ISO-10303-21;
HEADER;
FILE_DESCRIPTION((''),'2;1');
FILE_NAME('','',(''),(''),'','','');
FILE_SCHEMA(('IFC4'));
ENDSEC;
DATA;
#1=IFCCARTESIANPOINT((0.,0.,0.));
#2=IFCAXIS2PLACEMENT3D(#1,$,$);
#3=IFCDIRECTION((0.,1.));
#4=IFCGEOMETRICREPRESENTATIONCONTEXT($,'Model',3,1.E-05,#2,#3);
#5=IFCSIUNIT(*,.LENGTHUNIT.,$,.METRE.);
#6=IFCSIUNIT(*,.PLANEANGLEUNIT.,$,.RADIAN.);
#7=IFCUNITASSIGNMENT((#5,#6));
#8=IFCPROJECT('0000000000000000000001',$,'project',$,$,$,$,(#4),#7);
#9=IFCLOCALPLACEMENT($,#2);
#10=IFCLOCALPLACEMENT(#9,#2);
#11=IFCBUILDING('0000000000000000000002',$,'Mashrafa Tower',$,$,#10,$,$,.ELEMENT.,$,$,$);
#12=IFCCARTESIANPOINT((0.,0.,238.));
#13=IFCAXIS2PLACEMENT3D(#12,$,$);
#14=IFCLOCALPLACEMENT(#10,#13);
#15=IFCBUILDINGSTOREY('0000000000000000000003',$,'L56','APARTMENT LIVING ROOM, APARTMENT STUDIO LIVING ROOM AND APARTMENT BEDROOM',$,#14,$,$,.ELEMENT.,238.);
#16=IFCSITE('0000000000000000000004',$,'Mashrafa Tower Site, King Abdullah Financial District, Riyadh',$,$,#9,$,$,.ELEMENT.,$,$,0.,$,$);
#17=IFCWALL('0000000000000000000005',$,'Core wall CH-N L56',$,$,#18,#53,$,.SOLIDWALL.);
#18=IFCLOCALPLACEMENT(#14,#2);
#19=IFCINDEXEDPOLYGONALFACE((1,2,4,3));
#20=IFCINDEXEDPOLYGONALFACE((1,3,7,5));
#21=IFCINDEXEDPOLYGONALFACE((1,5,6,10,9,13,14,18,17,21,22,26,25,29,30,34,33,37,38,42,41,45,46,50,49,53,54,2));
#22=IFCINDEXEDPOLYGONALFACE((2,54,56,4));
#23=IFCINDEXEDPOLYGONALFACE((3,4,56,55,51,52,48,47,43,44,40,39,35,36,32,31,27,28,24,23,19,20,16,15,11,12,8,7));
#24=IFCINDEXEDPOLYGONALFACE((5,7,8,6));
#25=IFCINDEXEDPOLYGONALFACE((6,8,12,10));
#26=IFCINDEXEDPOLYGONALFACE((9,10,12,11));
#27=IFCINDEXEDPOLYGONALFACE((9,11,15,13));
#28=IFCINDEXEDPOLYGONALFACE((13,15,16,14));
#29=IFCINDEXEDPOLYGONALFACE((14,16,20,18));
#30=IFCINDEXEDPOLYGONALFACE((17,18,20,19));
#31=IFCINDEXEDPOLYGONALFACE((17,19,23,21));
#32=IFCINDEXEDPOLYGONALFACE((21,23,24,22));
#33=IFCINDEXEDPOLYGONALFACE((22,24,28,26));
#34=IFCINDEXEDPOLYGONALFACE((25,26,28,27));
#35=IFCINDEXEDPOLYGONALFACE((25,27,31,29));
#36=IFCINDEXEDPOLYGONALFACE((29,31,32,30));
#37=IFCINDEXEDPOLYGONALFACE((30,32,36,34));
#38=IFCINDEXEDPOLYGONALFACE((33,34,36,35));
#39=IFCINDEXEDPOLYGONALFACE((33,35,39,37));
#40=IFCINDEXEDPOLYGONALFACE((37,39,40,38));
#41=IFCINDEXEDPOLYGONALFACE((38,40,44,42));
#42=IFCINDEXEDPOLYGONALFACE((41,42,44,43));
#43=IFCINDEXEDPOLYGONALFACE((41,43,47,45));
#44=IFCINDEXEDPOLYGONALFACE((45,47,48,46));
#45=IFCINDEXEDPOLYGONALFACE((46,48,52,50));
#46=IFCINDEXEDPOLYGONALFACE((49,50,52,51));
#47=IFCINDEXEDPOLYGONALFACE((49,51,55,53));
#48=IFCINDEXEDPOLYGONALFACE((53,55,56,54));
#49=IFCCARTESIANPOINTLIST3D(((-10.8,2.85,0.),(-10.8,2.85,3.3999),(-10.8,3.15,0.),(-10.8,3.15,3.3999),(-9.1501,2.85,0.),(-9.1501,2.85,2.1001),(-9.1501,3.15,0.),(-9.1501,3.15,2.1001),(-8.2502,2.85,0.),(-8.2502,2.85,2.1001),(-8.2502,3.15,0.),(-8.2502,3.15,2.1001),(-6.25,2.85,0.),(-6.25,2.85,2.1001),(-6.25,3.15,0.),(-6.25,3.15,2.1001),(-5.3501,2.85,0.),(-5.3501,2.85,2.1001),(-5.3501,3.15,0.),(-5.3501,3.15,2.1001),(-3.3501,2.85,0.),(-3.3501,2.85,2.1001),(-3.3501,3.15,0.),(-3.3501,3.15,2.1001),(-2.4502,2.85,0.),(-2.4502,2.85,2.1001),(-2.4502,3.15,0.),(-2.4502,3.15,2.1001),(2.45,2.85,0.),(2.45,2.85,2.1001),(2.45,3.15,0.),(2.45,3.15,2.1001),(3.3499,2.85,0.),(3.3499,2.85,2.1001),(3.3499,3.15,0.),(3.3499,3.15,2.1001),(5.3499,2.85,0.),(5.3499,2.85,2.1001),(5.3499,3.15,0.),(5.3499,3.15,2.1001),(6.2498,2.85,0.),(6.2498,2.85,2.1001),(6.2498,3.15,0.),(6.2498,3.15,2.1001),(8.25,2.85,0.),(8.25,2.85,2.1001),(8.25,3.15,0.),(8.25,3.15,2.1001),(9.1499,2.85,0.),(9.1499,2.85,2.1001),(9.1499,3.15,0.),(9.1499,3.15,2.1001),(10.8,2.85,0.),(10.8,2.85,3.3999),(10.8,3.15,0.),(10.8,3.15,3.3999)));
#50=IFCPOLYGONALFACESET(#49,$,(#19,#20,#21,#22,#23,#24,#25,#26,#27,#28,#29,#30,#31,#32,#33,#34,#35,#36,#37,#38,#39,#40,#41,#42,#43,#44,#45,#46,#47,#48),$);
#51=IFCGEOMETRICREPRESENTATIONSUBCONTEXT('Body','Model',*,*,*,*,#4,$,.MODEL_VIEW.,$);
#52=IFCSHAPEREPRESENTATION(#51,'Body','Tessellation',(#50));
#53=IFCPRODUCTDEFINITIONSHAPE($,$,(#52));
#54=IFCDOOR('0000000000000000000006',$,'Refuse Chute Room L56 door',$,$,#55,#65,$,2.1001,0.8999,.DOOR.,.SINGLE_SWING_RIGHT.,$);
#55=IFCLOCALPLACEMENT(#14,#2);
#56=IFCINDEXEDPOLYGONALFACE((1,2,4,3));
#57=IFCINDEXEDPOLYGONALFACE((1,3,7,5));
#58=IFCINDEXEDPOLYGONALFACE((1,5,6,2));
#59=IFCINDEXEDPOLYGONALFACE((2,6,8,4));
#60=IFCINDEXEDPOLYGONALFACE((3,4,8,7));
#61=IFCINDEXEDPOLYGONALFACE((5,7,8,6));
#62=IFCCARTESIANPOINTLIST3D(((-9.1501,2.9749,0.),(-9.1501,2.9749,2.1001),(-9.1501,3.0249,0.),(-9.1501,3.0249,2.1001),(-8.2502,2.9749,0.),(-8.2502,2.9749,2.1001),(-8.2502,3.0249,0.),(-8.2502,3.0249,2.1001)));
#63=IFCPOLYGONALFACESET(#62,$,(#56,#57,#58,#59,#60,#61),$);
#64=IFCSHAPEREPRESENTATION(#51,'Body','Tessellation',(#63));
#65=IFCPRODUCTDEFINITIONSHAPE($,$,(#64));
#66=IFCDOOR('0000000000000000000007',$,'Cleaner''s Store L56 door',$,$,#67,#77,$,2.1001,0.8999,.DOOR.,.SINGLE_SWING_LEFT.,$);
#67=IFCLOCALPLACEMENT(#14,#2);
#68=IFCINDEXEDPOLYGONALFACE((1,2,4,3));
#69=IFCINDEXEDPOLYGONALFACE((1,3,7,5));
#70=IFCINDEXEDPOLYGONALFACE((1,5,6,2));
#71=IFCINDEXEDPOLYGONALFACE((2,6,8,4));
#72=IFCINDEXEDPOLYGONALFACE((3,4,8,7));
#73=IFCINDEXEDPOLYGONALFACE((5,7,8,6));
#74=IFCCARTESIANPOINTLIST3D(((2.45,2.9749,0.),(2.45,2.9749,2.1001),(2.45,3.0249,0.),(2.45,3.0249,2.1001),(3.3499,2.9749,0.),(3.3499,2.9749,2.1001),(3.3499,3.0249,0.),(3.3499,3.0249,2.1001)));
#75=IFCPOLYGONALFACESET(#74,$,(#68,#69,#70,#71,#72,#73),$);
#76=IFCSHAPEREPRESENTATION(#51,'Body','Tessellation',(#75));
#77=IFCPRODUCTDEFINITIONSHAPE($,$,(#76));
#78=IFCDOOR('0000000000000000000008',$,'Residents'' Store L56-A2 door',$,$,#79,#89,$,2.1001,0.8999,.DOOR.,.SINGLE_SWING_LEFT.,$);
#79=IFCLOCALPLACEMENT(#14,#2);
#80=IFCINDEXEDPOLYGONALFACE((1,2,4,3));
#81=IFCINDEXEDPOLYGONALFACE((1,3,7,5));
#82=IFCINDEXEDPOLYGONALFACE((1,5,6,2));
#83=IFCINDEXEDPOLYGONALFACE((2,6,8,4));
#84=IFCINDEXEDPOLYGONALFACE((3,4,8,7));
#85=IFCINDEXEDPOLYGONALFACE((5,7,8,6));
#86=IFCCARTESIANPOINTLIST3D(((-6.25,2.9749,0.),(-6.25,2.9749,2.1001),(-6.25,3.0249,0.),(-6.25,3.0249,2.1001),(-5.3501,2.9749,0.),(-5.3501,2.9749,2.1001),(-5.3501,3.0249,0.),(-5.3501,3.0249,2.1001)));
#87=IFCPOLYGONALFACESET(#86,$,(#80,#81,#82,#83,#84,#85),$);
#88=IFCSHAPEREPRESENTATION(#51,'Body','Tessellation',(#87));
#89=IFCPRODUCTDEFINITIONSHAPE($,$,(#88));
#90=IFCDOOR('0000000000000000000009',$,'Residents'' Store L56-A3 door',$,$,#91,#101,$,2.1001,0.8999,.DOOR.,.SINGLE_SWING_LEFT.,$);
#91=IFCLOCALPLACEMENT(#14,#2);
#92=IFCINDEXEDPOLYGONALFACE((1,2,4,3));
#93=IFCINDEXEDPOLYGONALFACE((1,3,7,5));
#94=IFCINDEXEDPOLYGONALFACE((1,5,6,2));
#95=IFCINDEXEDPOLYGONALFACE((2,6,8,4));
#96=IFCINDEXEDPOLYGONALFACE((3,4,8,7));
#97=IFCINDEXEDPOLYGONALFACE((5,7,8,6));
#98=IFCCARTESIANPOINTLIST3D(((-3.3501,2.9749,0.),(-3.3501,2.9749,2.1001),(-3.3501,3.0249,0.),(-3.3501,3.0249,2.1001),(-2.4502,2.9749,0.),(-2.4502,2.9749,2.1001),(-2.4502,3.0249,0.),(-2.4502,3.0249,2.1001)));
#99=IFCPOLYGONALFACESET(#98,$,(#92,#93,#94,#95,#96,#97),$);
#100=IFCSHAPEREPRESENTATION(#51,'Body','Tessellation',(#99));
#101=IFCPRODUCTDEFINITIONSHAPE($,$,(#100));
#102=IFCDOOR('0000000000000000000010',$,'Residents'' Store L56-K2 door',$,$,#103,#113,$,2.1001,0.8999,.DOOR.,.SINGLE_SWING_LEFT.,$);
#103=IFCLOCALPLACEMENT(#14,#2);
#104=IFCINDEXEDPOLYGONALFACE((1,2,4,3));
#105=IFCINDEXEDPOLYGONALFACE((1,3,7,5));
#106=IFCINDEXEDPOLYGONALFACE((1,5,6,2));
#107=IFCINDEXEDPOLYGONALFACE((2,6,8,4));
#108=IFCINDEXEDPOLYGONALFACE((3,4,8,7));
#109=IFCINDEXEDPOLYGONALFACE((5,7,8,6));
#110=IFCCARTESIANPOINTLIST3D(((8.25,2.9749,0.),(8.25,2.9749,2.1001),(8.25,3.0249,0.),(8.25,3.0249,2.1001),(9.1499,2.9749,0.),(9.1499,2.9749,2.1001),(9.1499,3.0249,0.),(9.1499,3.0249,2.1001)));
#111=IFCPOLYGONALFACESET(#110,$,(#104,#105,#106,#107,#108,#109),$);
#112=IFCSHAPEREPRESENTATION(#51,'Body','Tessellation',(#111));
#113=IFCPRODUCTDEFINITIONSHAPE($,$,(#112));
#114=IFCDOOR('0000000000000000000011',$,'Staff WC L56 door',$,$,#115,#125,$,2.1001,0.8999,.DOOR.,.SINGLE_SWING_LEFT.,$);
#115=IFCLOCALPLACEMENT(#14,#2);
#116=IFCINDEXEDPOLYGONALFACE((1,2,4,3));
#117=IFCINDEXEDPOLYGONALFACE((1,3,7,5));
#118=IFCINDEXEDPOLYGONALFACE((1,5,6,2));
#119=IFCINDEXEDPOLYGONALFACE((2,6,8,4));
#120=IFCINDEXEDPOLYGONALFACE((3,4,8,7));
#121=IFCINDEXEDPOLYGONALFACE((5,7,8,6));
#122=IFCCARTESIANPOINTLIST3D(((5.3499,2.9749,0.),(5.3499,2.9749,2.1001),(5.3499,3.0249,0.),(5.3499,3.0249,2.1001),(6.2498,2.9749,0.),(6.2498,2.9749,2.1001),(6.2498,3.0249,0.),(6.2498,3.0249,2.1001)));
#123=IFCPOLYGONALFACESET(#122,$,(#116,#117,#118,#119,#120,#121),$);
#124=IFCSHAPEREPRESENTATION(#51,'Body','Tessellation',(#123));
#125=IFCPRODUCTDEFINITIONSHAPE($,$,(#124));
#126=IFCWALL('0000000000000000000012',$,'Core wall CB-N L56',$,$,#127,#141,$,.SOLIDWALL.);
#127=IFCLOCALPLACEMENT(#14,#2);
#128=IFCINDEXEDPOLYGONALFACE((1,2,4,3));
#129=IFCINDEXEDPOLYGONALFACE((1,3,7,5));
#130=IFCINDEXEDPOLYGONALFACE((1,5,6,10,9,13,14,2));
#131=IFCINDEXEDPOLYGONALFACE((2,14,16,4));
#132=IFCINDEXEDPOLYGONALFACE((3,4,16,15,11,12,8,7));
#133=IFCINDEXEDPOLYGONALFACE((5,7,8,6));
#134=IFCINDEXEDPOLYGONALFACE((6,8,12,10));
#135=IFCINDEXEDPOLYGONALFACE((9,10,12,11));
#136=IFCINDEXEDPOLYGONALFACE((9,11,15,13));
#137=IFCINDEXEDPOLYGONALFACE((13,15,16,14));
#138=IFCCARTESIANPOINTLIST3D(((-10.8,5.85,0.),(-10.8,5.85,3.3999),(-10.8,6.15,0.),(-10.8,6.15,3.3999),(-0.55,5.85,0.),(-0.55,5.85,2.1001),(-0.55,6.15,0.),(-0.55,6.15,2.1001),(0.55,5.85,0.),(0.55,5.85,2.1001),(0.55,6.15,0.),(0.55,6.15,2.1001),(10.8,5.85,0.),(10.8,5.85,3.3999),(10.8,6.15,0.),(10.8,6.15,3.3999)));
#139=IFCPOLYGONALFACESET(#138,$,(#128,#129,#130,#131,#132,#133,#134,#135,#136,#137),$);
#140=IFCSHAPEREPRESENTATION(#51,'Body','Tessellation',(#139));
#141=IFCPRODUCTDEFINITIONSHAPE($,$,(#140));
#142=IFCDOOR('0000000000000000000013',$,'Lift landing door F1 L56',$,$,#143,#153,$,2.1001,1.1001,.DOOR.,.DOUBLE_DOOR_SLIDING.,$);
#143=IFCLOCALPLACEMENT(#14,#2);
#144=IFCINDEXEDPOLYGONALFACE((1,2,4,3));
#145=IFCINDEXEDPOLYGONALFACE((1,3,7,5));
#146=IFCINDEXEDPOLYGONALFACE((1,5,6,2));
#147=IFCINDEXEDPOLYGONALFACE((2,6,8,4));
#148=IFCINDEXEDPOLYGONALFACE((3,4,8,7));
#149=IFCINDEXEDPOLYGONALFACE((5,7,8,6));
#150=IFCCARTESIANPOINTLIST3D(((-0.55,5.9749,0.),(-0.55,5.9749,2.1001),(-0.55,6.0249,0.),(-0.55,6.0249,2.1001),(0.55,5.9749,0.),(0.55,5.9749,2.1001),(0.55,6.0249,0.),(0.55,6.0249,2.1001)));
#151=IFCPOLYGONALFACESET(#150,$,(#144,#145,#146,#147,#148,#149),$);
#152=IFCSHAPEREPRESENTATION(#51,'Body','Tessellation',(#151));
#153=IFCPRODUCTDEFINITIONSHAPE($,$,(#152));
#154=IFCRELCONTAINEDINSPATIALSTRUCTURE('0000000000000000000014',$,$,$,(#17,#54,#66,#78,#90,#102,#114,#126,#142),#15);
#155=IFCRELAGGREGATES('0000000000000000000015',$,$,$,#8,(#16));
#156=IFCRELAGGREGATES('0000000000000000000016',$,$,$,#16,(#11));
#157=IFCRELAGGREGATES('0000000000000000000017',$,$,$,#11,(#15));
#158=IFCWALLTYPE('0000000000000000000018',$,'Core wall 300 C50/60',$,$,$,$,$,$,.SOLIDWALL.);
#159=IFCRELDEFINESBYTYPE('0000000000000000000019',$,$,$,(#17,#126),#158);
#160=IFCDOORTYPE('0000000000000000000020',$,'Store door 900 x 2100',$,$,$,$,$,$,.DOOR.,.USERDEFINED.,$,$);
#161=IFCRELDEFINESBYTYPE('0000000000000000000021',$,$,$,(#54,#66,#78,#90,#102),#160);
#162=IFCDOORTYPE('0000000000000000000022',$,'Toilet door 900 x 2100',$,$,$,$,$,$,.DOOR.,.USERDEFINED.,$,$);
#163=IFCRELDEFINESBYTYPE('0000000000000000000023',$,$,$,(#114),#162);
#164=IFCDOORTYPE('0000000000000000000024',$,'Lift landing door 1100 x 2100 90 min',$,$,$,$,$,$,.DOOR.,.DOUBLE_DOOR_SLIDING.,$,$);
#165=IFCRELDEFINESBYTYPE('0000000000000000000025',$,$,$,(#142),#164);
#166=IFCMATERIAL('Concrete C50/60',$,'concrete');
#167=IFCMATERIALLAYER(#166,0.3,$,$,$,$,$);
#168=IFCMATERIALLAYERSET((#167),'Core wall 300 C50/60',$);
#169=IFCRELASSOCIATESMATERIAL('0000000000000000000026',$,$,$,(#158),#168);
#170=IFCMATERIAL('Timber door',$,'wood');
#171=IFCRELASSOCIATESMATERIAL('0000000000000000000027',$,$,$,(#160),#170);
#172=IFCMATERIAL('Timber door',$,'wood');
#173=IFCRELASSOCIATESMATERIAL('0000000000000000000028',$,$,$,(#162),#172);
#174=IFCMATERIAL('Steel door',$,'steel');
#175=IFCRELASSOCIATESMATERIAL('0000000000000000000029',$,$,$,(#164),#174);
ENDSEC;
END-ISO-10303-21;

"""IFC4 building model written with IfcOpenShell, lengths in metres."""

from ifc_helpers import new_model, si_unit, direction, frame, frame_2d, origin, place, context, subcontext, project, spatial, rectangle, extrude, material, layer, layer_set, type_object, element, fill, save


model = new_model("IFC4")

# Units and contexts
model_context = context("Model", 3, precision=1e-05, world=origin(), true_north=direction((0.0, 1.0)))
body_context = subcontext(model_context, "Body", "Model", "MODEL_VIEW")
ifc_project = project(units=[si_unit("LENGTHUNIT", "METRE"), si_unit("PLANEANGLEUNIT", "RADIAN")], contexts=[model_context])

# Site, building, storey
site_placement = place(None, origin())
site = spatial("IfcSite", under=ifc_project, at=site_placement, Name="Mashrafa Tower Site, King Abdullah Financial District, Riyadh", CompositionType="ELEMENT", RefElevation=0.0)
building_placement = place(site_placement, origin())
building = spatial("IfcBuilding", under=site, at=building_placement, Name="Mashrafa Tower", CompositionType="ELEMENT")
storey_placement = place(building_placement, frame((0.0, 0.0, 238.0)))
storey = spatial("IfcBuildingStorey", under=building, at=storey_placement, Name="L56", Description="APARTMENT LIVING ROOM, APARTMENT STUDIO LIVING ROOM AND APARTMENT BEDROOM", CompositionType="ELEMENT", Elevation=238.0)

# Wall, openings, doors
ifc_material_1 = material(Name="Concrete C50/60", Category="concrete")
ifc_layer_1 = layer(ifc_material_1, 0.3)
ifc_layer_set_1 = layer_set([ifc_layer_1], Name="Core wall 300 C50/60")
wall_type_1 = type_object("IfcWallType", Name="Core wall 300 C50/60", PredefinedType="SOLIDWALL", material=ifc_layer_set_1)
wall_1_placement = place(storey_placement, frame((-10.8, 3.0, 0.0), z_axis=(0.0, 0.0, 1.0), x_axis=(1.0, 0.0, 0.0)))
wall_1 = element("IfcWall", 1, at=wall_1_placement, inside=storey, type_object=wall_type_1, Name="Core wall CH-N L56", PredefinedType="SOLIDWALL", context=body_context, shape_type="SweptSolid", body=[
    extrude(rectangle(XDim=21.6001, YDim=0.3, at=frame_2d((10.8, 0.0))), origin(), (0.0, 0.0, 1.0), 3.3999),
])
opening_1_placement = place(wall_1_placement, frame((1.6499, 0.0, 0.0)))
opening_1 = element("IfcOpeningElement", 2, at=opening_1_placement, cuts=wall_1, PredefinedType="OPENING", context=body_context, shape_type="SweptSolid", body=[
    extrude(rectangle(XDim=0.8999, YDim=2.1001, at=frame_2d((0.45, 1.05))), frame((0.0, 0.1599, 0.0), z_axis=(0.0, -1.0, 0.0), x_axis=(1.0, 0.0, 0.0)), (0.0, 0.0, 1.0), 0.3201),
])
opening_2_placement = place(wall_1_placement, frame((13.25, 0.0, 0.0)))
opening_2 = element("IfcOpeningElement", 3, at=opening_2_placement, cuts=wall_1, PredefinedType="OPENING", context=body_context, shape_type="SweptSolid", body=[
    extrude(rectangle(XDim=0.8999, YDim=2.1001, at=frame_2d((0.45, 1.05))), frame((0.0, 0.1599, 0.0), z_axis=(0.0, -1.0, 0.0), x_axis=(1.0, 0.0, 0.0)), (0.0, 0.0, 1.0), 0.3201),
])
opening_3_placement = place(wall_1_placement, frame((16.1499, 0.0, 0.0)))
opening_3 = element("IfcOpeningElement", 4, at=opening_3_placement, cuts=wall_1, PredefinedType="OPENING", context=body_context, shape_type="SweptSolid", body=[
    extrude(rectangle(XDim=0.8999, YDim=2.1001, at=frame_2d((0.45, 1.05))), frame((0.0, 0.1599, 0.0), z_axis=(0.0, -1.0, 0.0), x_axis=(1.0, 0.0, 0.0)), (0.0, 0.0, 1.0), 0.3201),
])
opening_4_placement = place(wall_1_placement, frame((4.55, 0.0, 0.0)))
opening_4 = element("IfcOpeningElement", 5, at=opening_4_placement, cuts=wall_1, PredefinedType="OPENING", context=body_context, shape_type="SweptSolid", body=[
    extrude(rectangle(XDim=0.8999, YDim=2.1001, at=frame_2d((0.45, 1.05))), frame((0.0, 0.1599, 0.0), z_axis=(0.0, -1.0, 0.0), x_axis=(1.0, 0.0, 0.0)), (0.0, 0.0, 1.0), 0.3201),
])
opening_5_placement = place(wall_1_placement, frame((7.45, 0.0, 0.0)))
opening_5 = element("IfcOpeningElement", 6, at=opening_5_placement, cuts=wall_1, PredefinedType="OPENING", context=body_context, shape_type="SweptSolid", body=[
    extrude(rectangle(XDim=0.8999, YDim=2.1001, at=frame_2d((0.45, 1.05))), frame((0.0, 0.1599, 0.0), z_axis=(0.0, -1.0, 0.0), x_axis=(1.0, 0.0, 0.0)), (0.0, 0.0, 1.0), 0.3201),
])
opening_6_placement = place(wall_1_placement, frame((19.05, 0.0, 0.0)))
opening_6 = element("IfcOpeningElement", 7, at=opening_6_placement, cuts=wall_1, PredefinedType="OPENING", context=body_context, shape_type="SweptSolid", body=[
    extrude(rectangle(XDim=0.8999, YDim=2.1001, at=frame_2d((0.45, 1.05))), frame((0.0, 0.1599, 0.0), z_axis=(0.0, -1.0, 0.0), x_axis=(1.0, 0.0, 0.0)), (0.0, 0.0, 1.0), 0.3201),
])
ifc_material_2 = material(Name="Timber door", Category="wood")
door_type_1 = type_object("IfcDoorType", Name="Store door 900 x 2100", OperationType="USERDEFINED", PredefinedType="DOOR", material=ifc_material_2)
door_1_placement = place(opening_1_placement, origin())
door_1 = element("IfcDoor", 8, at=door_1_placement, inside=storey, type_object=door_type_1, Name="Refuse Chute Room L56 door", OperationType="SINGLE_SWING_RIGHT", OverallHeight=2.1001, OverallWidth=0.8999, PredefinedType="DOOR", context=body_context, shape_type="SweptSolid", body=[
    extrude(rectangle(XDim=0.8999, YDim=2.1001, at=frame_2d((0.45, 1.05))), frame((0.0, 0.0249, 0.0), z_axis=(0.0, -1.0, 0.0), x_axis=(1.0, 0.0, 0.0)), (0.0, 0.0, 1.0), 0.05),
])
fill(opening_1, door_1)
door_2_placement = place(opening_2_placement, origin())
door_2 = element("IfcDoor", 9, at=door_2_placement, inside=storey, type_object=door_type_1, Name="Cleaner's Store L56 door", OperationType="SINGLE_SWING_LEFT", OverallHeight=2.1001, OverallWidth=0.8999, PredefinedType="DOOR", context=body_context, shape_type="SweptSolid", body=[
    extrude(rectangle(XDim=0.8999, YDim=2.1001, at=frame_2d((0.45, 1.05))), frame((0.0, 0.0249, 0.0), z_axis=(0.0, -1.0, 0.0), x_axis=(1.0, 0.0, 0.0)), (0.0, 0.0, 1.0), 0.05),
])
fill(opening_2, door_2)
door_3_placement = place(opening_4_placement, origin())
door_3 = element("IfcDoor", 10, at=door_3_placement, inside=storey, type_object=door_type_1, Name="Residents' Store L56-A2 door", OperationType="SINGLE_SWING_LEFT", OverallHeight=2.1001, OverallWidth=0.8999, PredefinedType="DOOR", context=body_context, shape_type="SweptSolid", body=[
    extrude(rectangle(XDim=0.8999, YDim=2.1001, at=frame_2d((0.45, 1.05))), frame((0.0, 0.0249, 0.0), z_axis=(0.0, -1.0, 0.0), x_axis=(1.0, 0.0, 0.0)), (0.0, 0.0, 1.0), 0.05),
])
fill(opening_4, door_3)
door_4_placement = place(opening_5_placement, origin())
door_4 = element("IfcDoor", 11, at=door_4_placement, inside=storey, type_object=door_type_1, Name="Residents' Store L56-A3 door", OperationType="SINGLE_SWING_LEFT", OverallHeight=2.1001, OverallWidth=0.8999, PredefinedType="DOOR", context=body_context, shape_type="SweptSolid", body=[
    extrude(rectangle(XDim=0.8999, YDim=2.1001, at=frame_2d((0.45, 1.05))), frame((0.0, 0.0249, 0.0), z_axis=(0.0, -1.0, 0.0), x_axis=(1.0, 0.0, 0.0)), (0.0, 0.0, 1.0), 0.05),
])
fill(opening_5, door_4)
door_5_placement = place(opening_6_placement, origin())
door_5 = element("IfcDoor", 12, at=door_5_placement, inside=storey, type_object=door_type_1, Name="Residents' Store L56-K2 door", OperationType="SINGLE_SWING_LEFT", OverallHeight=2.1001, OverallWidth=0.8999, PredefinedType="DOOR", context=body_context, shape_type="SweptSolid", body=[
    extrude(rectangle(XDim=0.8999, YDim=2.1001, at=frame_2d((0.45, 1.05))), frame((0.0, 0.0249, 0.0), z_axis=(0.0, -1.0, 0.0), x_axis=(1.0, 0.0, 0.0)), (0.0, 0.0, 1.0), 0.05),
])
fill(opening_6, door_5)
ifc_material_3 = material(Name="Timber door", Category="wood")
door_type_2 = type_object("IfcDoorType", Name="Toilet door 900 x 2100", OperationType="USERDEFINED", PredefinedType="DOOR", material=ifc_material_3)
door_6_placement = place(opening_3_placement, origin())
door_6 = element("IfcDoor", 13, at=door_6_placement, inside=storey, type_object=door_type_2, Name="Staff WC L56 door", OperationType="SINGLE_SWING_LEFT", OverallHeight=2.1001, OverallWidth=0.8999, PredefinedType="DOOR", context=body_context, shape_type="SweptSolid", body=[
    extrude(rectangle(XDim=0.8999, YDim=2.1001, at=frame_2d((0.45, 1.05))), frame((0.0, 0.0249, 0.0), z_axis=(0.0, -1.0, 0.0), x_axis=(1.0, 0.0, 0.0)), (0.0, 0.0, 1.0), 0.05),
])
fill(opening_3, door_6)

# Wall, opening, door
wall_2_placement = place(storey_placement, frame((-10.8, 6.0, 0.0), z_axis=(0.0, 0.0, 1.0), x_axis=(1.0, 0.0, 0.0)))
wall_2 = element("IfcWall", 14, at=wall_2_placement, inside=storey, type_object=wall_type_1, Name="Core wall CB-N L56", PredefinedType="SOLIDWALL", context=body_context, shape_type="SweptSolid", body=[
    extrude(rectangle(XDim=21.6001, YDim=0.3, at=frame_2d((10.8, 0.0))), origin(), (0.0, 0.0, 1.0), 3.3999),
])
opening_7_placement = place(wall_2_placement, frame((10.25, 0.0, 0.0)))
opening_7 = element("IfcOpeningElement", 15, at=opening_7_placement, cuts=wall_2, PredefinedType="OPENING", context=body_context, shape_type="SweptSolid", body=[
    extrude(rectangle(XDim=1.1001, YDim=2.1001, at=frame_2d((0.55, 1.05))), frame((0.0, 0.1599, 0.0), z_axis=(0.0, -1.0, 0.0), x_axis=(1.0, 0.0, 0.0)), (0.0, 0.0, 1.0), 0.3201),
])
ifc_material_4 = material(Name="Steel door", Category="steel")
door_type_3 = type_object("IfcDoorType", Name="Lift landing door 1100 x 2100 90 min", OperationType="DOUBLE_DOOR_SLIDING", PredefinedType="DOOR", material=ifc_material_4)
door_7_placement = place(opening_7_placement, origin())
door_7 = element("IfcDoor", 16, at=door_7_placement, inside=storey, type_object=door_type_3, Name="Lift landing door F1 L56", OperationType="DOUBLE_DOOR_SLIDING", OverallHeight=2.1001, OverallWidth=1.1001, PredefinedType="DOOR", context=body_context, shape_type="SweptSolid", body=[
    extrude(rectangle(XDim=1.1001, YDim=2.1001, at=frame_2d((0.55, 1.05))), frame((0.0, 0.0249, 0.0), z_axis=(0.0, -1.0, 0.0), x_axis=(1.0, 0.0, 0.0)), (0.0, 0.0, 1.0), 0.05),
])
fill(opening_7, door_7)

save(model, "model.ifc")
